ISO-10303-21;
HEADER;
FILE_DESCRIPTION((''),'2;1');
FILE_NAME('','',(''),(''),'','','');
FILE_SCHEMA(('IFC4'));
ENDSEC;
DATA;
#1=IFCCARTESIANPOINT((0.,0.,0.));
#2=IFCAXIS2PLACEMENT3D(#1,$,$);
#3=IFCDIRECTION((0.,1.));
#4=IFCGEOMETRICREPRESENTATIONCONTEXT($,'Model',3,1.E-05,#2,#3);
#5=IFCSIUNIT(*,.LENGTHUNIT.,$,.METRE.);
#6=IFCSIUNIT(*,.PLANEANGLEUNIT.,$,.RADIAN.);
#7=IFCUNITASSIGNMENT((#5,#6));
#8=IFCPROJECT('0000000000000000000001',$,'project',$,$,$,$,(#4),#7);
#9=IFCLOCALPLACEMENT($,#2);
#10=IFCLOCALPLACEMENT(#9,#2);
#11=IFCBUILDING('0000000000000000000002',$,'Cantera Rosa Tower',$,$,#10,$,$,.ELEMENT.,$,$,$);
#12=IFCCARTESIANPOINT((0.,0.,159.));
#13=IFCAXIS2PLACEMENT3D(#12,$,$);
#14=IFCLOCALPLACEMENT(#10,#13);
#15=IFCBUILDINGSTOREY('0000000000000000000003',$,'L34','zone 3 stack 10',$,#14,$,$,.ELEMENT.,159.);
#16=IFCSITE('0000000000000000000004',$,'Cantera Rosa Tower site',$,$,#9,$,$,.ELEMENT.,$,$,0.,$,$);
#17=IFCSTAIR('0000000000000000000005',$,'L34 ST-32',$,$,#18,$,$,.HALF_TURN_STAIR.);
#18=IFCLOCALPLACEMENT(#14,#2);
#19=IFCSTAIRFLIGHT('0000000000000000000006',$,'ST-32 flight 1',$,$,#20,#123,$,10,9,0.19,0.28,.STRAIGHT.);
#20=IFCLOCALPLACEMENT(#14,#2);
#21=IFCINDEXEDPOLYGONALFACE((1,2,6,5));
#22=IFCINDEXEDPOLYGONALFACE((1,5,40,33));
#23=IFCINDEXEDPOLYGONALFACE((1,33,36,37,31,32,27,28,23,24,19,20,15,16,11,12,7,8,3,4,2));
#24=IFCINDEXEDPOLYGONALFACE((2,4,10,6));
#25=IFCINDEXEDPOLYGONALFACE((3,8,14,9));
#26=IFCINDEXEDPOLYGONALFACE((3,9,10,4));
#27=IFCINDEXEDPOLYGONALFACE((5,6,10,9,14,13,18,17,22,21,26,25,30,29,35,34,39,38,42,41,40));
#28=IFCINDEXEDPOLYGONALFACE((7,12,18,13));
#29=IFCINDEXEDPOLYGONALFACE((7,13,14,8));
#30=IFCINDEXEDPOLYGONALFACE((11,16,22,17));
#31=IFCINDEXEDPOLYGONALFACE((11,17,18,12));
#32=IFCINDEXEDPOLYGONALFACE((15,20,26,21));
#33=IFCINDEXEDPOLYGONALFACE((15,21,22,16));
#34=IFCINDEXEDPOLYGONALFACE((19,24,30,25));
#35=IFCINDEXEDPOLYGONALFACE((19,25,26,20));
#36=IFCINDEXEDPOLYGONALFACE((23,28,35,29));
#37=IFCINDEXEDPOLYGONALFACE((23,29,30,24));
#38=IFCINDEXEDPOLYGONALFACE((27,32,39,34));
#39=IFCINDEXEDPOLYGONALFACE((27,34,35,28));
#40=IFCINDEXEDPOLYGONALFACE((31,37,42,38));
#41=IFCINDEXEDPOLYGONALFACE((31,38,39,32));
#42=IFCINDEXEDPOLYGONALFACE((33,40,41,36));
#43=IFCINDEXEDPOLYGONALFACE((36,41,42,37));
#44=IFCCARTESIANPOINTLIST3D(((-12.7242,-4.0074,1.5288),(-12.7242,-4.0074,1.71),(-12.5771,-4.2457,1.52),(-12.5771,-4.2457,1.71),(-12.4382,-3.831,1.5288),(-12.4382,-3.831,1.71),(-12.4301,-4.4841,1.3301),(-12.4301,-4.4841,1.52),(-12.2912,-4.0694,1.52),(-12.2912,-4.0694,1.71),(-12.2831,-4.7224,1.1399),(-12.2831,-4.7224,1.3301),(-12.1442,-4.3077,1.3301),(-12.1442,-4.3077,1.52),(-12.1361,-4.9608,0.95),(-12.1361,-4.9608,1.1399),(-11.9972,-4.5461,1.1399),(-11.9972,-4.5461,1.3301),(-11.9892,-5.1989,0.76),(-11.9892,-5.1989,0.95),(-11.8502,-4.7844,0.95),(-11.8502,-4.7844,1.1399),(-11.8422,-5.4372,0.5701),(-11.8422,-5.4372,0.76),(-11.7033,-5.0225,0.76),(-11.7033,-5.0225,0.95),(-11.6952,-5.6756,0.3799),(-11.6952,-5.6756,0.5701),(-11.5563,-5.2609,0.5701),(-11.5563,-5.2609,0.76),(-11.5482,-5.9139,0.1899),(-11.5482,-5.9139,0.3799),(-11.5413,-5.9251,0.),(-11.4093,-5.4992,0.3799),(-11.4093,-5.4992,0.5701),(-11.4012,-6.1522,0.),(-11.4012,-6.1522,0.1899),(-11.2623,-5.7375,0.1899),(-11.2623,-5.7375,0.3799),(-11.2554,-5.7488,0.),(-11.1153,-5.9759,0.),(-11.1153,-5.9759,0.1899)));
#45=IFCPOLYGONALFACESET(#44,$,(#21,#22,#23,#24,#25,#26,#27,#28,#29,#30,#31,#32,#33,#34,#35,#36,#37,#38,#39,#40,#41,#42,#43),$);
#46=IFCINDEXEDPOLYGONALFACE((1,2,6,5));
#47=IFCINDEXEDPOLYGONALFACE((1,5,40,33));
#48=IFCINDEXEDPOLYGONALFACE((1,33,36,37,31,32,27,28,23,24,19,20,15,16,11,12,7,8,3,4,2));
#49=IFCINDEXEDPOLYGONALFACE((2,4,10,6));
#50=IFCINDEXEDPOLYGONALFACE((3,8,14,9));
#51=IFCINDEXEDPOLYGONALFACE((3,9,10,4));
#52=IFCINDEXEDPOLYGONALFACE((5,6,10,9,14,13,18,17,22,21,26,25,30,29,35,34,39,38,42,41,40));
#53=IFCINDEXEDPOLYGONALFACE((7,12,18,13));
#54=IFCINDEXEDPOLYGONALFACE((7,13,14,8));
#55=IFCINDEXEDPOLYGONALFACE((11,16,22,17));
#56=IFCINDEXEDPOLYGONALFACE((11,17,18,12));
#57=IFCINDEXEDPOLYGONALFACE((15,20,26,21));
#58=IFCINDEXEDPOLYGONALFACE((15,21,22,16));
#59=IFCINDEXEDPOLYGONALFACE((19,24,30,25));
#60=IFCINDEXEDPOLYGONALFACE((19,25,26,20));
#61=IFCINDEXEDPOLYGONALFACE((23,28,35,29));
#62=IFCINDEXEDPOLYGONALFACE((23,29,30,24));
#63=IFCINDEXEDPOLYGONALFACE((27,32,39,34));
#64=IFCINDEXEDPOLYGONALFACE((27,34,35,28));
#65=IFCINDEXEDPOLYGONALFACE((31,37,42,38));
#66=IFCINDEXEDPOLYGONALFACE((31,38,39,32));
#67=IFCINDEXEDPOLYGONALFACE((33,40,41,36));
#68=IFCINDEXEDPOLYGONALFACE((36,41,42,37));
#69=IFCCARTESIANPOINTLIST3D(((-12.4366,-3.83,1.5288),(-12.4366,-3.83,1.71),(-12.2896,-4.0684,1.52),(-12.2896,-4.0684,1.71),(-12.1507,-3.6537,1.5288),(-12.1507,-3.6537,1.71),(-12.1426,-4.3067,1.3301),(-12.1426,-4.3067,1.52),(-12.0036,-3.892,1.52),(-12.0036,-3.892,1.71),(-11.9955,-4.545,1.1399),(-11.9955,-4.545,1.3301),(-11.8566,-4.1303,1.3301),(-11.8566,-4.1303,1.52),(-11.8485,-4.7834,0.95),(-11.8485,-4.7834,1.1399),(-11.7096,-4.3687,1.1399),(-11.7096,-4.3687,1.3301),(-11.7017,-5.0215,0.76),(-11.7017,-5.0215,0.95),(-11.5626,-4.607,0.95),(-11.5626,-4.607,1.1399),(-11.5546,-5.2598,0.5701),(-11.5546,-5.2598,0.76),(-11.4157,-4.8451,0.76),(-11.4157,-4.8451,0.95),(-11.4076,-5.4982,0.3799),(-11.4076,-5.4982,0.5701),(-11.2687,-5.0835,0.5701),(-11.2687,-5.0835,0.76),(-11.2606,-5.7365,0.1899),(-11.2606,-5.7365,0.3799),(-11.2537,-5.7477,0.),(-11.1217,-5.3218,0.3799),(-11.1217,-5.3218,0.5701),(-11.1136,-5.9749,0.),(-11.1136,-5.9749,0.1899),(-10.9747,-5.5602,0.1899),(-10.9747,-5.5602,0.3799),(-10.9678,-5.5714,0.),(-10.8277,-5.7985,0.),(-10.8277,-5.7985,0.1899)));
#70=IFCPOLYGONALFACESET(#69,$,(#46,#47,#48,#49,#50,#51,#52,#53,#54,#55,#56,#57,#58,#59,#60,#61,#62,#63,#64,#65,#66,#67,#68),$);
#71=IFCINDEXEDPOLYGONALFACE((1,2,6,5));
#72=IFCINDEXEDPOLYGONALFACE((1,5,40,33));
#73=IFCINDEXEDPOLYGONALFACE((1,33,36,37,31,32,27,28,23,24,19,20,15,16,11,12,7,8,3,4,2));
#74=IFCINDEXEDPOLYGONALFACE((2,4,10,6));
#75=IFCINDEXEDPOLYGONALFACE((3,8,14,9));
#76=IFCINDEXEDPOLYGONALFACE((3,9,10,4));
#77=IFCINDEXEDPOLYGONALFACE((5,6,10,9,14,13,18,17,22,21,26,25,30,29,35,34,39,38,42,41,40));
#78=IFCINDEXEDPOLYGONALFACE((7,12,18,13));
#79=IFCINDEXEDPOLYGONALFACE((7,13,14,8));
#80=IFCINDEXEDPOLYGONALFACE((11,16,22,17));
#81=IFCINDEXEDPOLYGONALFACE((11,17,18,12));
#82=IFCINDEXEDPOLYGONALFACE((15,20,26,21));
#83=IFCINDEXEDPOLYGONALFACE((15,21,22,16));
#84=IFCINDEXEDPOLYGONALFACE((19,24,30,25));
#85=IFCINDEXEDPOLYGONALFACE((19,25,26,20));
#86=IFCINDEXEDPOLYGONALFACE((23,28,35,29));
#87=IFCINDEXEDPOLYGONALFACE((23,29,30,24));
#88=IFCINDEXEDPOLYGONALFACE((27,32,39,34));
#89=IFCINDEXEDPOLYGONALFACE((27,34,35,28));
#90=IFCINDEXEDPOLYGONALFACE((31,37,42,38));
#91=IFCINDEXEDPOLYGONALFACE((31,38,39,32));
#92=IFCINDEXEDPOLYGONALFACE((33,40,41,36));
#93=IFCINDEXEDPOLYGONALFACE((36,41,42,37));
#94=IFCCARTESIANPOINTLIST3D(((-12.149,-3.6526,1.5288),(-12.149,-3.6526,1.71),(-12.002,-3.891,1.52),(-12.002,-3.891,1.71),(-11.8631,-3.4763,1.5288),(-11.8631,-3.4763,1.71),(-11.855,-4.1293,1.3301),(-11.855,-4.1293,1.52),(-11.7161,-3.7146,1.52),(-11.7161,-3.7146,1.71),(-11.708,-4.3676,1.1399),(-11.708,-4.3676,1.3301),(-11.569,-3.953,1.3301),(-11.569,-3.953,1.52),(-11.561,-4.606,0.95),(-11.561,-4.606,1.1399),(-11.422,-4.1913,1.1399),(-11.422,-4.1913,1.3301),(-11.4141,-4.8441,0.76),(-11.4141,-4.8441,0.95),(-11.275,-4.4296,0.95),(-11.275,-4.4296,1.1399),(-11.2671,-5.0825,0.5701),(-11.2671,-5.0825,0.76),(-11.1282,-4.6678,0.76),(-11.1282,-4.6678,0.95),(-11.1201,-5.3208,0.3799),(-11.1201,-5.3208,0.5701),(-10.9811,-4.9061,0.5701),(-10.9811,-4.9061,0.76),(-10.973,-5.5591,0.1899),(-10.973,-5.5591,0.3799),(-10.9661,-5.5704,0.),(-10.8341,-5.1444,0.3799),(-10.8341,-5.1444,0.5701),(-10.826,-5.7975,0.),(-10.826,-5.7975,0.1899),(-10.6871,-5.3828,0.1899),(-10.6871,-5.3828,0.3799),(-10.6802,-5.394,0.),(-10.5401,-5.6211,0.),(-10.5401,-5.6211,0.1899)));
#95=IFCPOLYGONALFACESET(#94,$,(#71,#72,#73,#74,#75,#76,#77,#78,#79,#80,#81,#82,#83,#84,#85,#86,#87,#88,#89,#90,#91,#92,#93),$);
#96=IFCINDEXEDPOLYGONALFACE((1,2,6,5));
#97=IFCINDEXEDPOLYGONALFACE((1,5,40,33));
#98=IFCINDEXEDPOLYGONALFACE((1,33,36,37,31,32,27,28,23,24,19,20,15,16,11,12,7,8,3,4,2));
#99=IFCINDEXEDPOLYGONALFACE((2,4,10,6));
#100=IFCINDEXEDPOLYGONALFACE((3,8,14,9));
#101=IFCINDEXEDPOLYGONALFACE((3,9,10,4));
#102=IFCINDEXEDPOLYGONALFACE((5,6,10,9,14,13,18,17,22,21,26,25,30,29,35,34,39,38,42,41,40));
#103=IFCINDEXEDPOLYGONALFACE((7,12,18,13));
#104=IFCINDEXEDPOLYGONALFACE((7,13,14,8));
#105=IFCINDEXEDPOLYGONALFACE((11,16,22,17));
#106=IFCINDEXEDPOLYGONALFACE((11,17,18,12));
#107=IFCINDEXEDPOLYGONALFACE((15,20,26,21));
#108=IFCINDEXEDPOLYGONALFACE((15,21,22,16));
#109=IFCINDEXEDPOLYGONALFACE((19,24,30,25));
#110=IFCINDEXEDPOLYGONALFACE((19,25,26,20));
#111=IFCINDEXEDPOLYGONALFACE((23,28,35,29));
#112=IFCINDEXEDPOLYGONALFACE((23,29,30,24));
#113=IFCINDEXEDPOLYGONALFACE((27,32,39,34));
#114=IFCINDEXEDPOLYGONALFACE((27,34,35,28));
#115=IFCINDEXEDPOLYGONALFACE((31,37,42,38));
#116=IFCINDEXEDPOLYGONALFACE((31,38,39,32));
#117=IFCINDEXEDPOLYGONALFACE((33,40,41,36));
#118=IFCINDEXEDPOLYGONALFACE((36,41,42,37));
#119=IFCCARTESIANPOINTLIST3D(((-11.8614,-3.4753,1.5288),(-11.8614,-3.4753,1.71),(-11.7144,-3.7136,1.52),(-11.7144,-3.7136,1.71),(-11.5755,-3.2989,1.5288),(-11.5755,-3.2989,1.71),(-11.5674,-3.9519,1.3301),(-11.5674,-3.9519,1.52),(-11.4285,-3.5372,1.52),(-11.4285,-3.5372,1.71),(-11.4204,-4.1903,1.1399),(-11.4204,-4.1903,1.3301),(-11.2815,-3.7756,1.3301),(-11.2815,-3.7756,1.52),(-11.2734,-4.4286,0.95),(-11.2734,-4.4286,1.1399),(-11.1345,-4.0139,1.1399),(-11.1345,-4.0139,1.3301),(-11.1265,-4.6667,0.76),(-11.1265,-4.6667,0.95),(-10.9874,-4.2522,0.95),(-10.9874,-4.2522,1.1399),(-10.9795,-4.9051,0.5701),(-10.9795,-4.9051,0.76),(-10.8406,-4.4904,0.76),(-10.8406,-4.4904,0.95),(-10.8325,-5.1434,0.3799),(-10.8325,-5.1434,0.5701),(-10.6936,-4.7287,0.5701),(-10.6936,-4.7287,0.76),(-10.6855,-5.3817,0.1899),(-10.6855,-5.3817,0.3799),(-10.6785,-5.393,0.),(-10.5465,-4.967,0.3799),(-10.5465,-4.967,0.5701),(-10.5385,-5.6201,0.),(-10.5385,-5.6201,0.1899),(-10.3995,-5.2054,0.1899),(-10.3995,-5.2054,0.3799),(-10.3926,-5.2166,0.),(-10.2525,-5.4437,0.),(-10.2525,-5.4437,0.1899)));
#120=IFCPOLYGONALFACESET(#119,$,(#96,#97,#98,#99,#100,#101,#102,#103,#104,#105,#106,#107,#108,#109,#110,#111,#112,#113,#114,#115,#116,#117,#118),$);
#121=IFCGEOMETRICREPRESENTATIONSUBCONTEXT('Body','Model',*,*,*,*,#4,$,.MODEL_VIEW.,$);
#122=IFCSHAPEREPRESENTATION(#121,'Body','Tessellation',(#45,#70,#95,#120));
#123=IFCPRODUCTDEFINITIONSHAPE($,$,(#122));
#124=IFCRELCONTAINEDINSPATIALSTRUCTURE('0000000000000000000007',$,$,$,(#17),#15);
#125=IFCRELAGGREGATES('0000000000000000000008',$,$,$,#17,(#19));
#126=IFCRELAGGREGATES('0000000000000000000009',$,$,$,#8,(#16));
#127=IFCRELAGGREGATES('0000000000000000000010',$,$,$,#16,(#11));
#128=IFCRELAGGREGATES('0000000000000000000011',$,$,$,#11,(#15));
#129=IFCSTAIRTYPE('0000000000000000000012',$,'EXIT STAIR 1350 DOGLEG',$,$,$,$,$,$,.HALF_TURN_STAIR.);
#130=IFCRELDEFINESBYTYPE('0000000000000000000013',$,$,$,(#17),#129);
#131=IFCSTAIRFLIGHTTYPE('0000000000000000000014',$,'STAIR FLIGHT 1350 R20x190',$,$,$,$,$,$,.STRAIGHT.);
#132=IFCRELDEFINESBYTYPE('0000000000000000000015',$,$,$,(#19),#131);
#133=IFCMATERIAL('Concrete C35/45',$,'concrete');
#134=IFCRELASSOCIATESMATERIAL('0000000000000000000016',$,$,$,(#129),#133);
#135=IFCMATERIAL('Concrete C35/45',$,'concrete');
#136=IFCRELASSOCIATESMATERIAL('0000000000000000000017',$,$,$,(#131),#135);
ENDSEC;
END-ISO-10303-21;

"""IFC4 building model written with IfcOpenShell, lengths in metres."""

from ifc_helpers import new_model, si_unit, direction, frame, origin, place, context, subcontext, project, spatial, polyline, outline, extrude, material, type_object, element, aggregate, save


model = new_model("IFC4")

# Units and contexts
model_context = context("Model", 3, precision=1e-05, world=origin(), true_north=direction((0.0, 1.0)))
body_context = subcontext(model_context, "Body", "Model", "MODEL_VIEW")
ifc_project = project(units=[si_unit("LENGTHUNIT", "METRE"), si_unit("PLANEANGLEUNIT", "RADIAN")], contexts=[model_context])

# Site, building, storey
site_placement = place(None, origin())
site = spatial("IfcSite", under=ifc_project, at=site_placement, Name="Cantera Rosa Tower site", CompositionType="ELEMENT", RefElevation=0.0)
building_placement = place(site_placement, origin())
building = spatial("IfcBuilding", under=site, at=building_placement, Name="Cantera Rosa Tower", CompositionType="ELEMENT")
storey_placement = place(building_placement, frame((0.0, 0.0, 159.0)))
storey = spatial("IfcBuildingStorey", under=building, at=storey_placement, Name="L34", Description="zone 3 stack 10", CompositionType="ELEMENT", Elevation=159.0)

# Stair, stair flight
ifc_material_1 = material(Name="Concrete C35/45", Category="concrete")
stair_type = type_object("IfcStairType", Name="EXIT STAIR 1350 DOGLEG", PredefinedType="HALF_TURN_STAIR", material=ifc_material_1)
stair_placement = place(storey_placement, origin())
stair = element("IfcStair", 1, at=stair_placement, inside=storey, type_object=stair_type, Name="L34 ST-32", PredefinedType="HALF_TURN_STAIR")
ifc_material_2 = material(Name="Concrete C35/45", Category="concrete")
stair_flight_type = type_object("IfcStairFlightType", Name="STAIR FLIGHT 1350 R20x190", PredefinedType="STRAIGHT", material=ifc_material_2)
stair_flight_1_placement = place(storey_placement, frame((-10.8267, -5.7979, 0.0), z_axis=(0.0, 0.0, 1.0), x_axis=(-0.524977, 0.851117, 0.0)))
stair_flight_1 = element("IfcStairFlight", 2, at=stair_flight_1_placement, type_object=stair_flight_type, Name="ST-32 flight 1", NumberOfRisers=10, NumberOfTreads=9, PredefinedType="STRAIGHT", RiserHeight=0.19, TreadLength=0.28, context=body_context, shape_type="SweptSolid", body=[
    extrude(outline(polyline([(0.0, 0.0), (0.0, 0.1899), (0.28, 0.1899), (0.28, 0.3799), (0.5601, 0.3799), (0.5601, 0.5701), (0.8401, 0.5701), (0.8401, 0.76), (1.1201, 0.76), (1.1201, 0.95), (1.3999, 0.95), (1.3999, 1.1399), (1.6799, 1.1399), (1.6799, 1.3301), (1.96, 1.3301), (1.96, 1.52), (2.24, 1.52), (2.24, 1.71), (2.52, 1.71), (2.52, 1.8999), (2.52, 1.5288), (0.2668, 0.0), (0.0, 0.0)])), frame((0.0, 0.675, 0.0), z_axis=(0.0, -1.0, 0.0), x_axis=(1.0, 0.0, 0.0)), (0.0, 0.0, 1.0), 0.3359),
    extrude(outline(polyline([(0.0, 0.0), (0.0, 0.1899), (0.28, 0.1899), (0.28, 0.3799), (0.5601, 0.3799), (0.5601, 0.5701), (0.8401, 0.5701), (0.8401, 0.76), (1.1201, 0.76), (1.1201, 0.95), (1.3999, 0.95), (1.3999, 1.1399), (1.6799, 1.1399), (1.6799, 1.3301), (1.96, 1.3301), (1.96, 1.52), (2.24, 1.52), (2.24, 1.71), (2.52, 1.71), (2.52, 1.8999), (2.52, 1.5288), (0.2668, 0.0), (0.0, 0.0)])), frame((0.0, 0.3372, 0.0), z_axis=(0.0, -1.0, 0.0), x_axis=(1.0, 0.0, 0.0)), (0.0, 0.0, 1.0), 0.3359),
    extrude(outline(polyline([(0.0, 0.0), (0.0, 0.1899), (0.28, 0.1899), (0.28, 0.3799), (0.5601, 0.3799), (0.5601, 0.5701), (0.8401, 0.5701), (0.8401, 0.76), (1.1201, 0.76), (1.1201, 0.95), (1.3999, 0.95), (1.3999, 1.1399), (1.6799, 1.1399), (1.6799, 1.3301), (1.96, 1.3301), (1.96, 1.52), (2.24, 1.52), (2.24, 1.71), (2.52, 1.71), (2.52, 1.8999), (2.52, 1.5288), (0.2668, 0.0), (0.0, 0.0)])), frame((0.0, -0.0007, 0.0), z_axis=(0.0, -1.0, 0.0), x_axis=(1.0, 0.0, 0.0)), (0.0, 0.0, 1.0), 0.3359),
    extrude(outline(polyline([(0.0, 0.0), (0.0, 0.1899), (0.28, 0.1899), (0.28, 0.3799), (0.5601, 0.3799), (0.5601, 0.5701), (0.8401, 0.5701), (0.8401, 0.76), (1.1201, 0.76), (1.1201, 0.95), (1.3999, 0.95), (1.3999, 1.1399), (1.6799, 1.1399), (1.6799, 1.3301), (1.96, 1.3301), (1.96, 1.52), (2.24, 1.52), (2.24, 1.71), (2.52, 1.71), (2.52, 1.8999), (2.52, 1.5288), (0.2668, 0.0), (0.0, 0.0)])), frame((0.0, -0.3386, 0.0), z_axis=(0.0, -1.0, 0.0), x_axis=(1.0, 0.0, 0.0)), (0.0, 0.0, 1.0), 0.3359),
])
aggregate(stair, [stair_flight_1])

save(model, "model.ifc")
